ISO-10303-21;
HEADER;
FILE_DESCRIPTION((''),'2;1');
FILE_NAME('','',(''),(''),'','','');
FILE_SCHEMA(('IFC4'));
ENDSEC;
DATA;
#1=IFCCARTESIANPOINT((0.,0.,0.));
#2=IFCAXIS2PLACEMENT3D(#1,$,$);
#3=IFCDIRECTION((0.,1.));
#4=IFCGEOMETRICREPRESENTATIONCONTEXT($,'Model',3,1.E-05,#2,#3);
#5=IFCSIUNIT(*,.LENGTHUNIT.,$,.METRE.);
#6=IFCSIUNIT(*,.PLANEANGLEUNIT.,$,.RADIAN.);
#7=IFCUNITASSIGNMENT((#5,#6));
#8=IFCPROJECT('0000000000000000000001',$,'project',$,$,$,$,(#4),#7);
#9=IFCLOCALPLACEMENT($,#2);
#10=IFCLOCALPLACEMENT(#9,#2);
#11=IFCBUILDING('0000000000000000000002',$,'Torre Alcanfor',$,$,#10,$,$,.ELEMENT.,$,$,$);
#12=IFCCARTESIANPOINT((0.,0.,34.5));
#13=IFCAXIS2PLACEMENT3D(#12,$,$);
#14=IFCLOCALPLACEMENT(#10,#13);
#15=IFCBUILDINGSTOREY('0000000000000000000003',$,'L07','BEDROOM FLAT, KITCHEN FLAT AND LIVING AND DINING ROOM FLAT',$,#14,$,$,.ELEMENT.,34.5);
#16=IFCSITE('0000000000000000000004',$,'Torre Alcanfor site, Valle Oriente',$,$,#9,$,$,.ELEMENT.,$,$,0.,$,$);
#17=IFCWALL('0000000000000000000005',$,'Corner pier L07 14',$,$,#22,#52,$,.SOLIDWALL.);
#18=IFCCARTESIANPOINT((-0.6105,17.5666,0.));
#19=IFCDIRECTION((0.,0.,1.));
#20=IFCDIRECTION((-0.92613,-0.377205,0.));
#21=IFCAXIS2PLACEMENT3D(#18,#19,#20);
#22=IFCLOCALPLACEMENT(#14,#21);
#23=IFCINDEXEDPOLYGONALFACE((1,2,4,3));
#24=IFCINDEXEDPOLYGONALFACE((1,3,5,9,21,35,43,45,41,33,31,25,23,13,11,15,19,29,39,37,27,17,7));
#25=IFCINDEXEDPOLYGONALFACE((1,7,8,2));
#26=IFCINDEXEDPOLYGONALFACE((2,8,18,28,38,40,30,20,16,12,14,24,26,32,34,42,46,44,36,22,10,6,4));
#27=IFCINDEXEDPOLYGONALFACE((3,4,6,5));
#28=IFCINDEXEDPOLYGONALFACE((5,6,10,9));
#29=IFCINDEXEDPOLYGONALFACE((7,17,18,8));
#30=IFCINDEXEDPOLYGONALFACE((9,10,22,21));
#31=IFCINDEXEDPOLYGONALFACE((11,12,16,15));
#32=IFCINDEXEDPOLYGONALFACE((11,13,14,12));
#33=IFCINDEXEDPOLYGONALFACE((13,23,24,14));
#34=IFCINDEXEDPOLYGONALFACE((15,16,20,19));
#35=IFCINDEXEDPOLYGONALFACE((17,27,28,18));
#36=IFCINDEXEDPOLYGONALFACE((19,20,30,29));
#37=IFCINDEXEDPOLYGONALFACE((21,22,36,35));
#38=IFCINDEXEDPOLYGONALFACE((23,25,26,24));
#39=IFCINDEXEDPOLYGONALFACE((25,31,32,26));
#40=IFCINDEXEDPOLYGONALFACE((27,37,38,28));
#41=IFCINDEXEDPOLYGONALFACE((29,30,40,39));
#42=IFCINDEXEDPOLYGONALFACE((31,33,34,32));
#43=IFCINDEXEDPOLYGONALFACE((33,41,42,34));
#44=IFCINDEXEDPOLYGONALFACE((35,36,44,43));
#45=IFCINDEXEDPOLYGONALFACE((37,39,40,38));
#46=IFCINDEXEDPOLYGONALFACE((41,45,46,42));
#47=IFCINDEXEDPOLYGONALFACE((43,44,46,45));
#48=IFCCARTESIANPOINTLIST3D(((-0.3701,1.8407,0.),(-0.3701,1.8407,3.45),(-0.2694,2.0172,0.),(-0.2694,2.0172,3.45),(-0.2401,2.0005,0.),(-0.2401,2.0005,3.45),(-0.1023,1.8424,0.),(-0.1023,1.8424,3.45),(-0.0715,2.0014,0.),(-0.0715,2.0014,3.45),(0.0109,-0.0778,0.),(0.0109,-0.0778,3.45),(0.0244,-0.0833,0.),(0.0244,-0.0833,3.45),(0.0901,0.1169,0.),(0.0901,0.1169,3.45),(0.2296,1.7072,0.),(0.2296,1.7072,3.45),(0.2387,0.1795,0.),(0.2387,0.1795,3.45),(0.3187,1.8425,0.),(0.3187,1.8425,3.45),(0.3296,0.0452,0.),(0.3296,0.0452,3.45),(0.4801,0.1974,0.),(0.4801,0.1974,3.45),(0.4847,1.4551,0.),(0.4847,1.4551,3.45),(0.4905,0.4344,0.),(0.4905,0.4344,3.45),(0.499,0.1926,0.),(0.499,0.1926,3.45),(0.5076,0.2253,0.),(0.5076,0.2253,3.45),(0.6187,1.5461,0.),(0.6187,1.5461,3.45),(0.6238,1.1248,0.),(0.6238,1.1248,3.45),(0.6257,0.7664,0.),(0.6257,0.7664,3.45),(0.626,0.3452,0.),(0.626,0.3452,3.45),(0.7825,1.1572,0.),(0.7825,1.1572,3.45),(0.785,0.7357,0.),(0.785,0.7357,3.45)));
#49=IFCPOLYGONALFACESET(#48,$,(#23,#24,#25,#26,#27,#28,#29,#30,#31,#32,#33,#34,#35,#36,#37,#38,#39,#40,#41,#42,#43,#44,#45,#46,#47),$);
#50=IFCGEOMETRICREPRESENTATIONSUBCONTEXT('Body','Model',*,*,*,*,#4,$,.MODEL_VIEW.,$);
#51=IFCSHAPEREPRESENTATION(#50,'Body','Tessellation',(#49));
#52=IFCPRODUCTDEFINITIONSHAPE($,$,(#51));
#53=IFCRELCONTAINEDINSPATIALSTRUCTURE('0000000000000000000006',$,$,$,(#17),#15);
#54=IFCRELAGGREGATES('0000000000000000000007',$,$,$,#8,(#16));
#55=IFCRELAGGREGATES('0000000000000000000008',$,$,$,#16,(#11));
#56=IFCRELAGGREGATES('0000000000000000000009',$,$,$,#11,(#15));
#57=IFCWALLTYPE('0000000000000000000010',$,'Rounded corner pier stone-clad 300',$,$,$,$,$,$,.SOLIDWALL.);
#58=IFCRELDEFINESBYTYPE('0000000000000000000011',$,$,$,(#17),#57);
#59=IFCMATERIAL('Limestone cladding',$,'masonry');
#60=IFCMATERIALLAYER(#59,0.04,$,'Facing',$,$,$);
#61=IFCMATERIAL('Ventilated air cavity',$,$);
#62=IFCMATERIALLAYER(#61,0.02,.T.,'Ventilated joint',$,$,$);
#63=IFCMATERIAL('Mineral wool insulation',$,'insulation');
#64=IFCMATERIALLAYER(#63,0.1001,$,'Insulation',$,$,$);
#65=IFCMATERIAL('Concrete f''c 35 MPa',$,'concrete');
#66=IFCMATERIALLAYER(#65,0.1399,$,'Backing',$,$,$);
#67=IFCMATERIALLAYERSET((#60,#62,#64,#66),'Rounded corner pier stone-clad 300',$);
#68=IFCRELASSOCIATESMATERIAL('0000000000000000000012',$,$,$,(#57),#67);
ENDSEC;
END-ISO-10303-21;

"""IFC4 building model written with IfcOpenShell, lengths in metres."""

from ifc_helpers import new_model, si_unit, direction, frame, origin, place, context, subcontext, project, spatial, polyline, outline, extrude, material, layer, layer_set, type_object, element, save


model = new_model("IFC4")

# Units and contexts
model_context = context("Model", 3, precision=1e-05, world=origin(), true_north=direction((0.0, 1.0)))
body_context = subcontext(model_context, "Body", "Model", "MODEL_VIEW")
ifc_project = project(units=[si_unit("LENGTHUNIT", "METRE"), si_unit("PLANEANGLEUNIT", "RADIAN")], contexts=[model_context])

# Site, building, storey
site_placement = place(None, origin())
site = spatial("IfcSite", under=ifc_project, at=site_placement, Name="Torre Alcanfor site, Valle Oriente", CompositionType="ELEMENT", RefElevation=0.0)
building_placement = place(site_placement, origin())
building = spatial("IfcBuilding", under=site, at=building_placement, Name="Torre Alcanfor", CompositionType="ELEMENT")
storey_placement = place(building_placement, frame((0.0, 0.0, 34.5)))
storey = spatial("IfcBuildingStorey", under=building, at=storey_placement, Name="L07", Description="BEDROOM FLAT, KITCHEN FLAT AND LIVING AND DINING ROOM FLAT", CompositionType="ELEMENT", Elevation=34.5)

# Wall
ifc_material_1 = material(Name="Limestone cladding", Category="masonry")
ifc_layer_1 = layer(ifc_material_1, 0.04, Name="Facing")
ifc_material_2 = material(Name="Ventilated air cavity")
ifc_layer_2 = layer(ifc_material_2, 0.02, ventilated=True, Name="Ventilated joint")
ifc_material_3 = material(Name="Mineral wool insulation", Category="insulation")
ifc_layer_3 = layer(ifc_material_3, 0.1001, Name="Insulation")
ifc_material_4 = material(Name="Concrete f'c 35 MPa", Category="concrete")
ifc_layer_4 = layer(ifc_material_4, 0.1399, Name="Backing")
ifc_layer_set_1 = layer_set([ifc_layer_1, ifc_layer_2, ifc_layer_3, ifc_layer_4], Name="Rounded corner pier stone-clad 300")
wall_type_1 = type_object("IfcWallType", Name="Rounded corner pier stone-clad 300", PredefinedType="SOLIDWALL", material=ifc_layer_set_1)
wall_1_placement = place(storey_placement, frame((-0.6105, 17.5666, 0.0), z_axis=(0.0, 0.0, 1.0), x_axis=(-0.92613, -0.377205, 0.0)))
element("IfcWall", 1, at=wall_1_placement, inside=storey, type_object=wall_type_1, Name="Corner pier L07 14", PredefinedType="SOLIDWALL", context=body_context, shape_type="SweptSolid", body=[
    extrude(outline(polyline([(-0.2694, 2.0172), (-0.3701, 1.8407), (-0.1023, 1.8424), (0.2296, 1.7072), (0.4847, 1.4551), (0.6238, 1.1248), (0.6257, 0.7664), (0.4905, 0.4344), (0.2387, 0.1795), (0.0901, 0.1169), (0.0109, -0.0778), (0.0244, -0.0833), (0.3296, 0.0452), (0.4801, 0.1974), (0.499, 0.1926), (0.5076, 0.2253), (0.626, 0.3452), (0.785, 0.7357), (0.7825, 1.1572), (0.6187, 1.5461), (0.3187, 1.8425), (-0.0715, 2.0014), (-0.2401, 2.0005), (-0.2694, 2.0172)])), origin(), (0.0, 0.0, 1.0), 3.45),
])

save(model, "model.ifc")
